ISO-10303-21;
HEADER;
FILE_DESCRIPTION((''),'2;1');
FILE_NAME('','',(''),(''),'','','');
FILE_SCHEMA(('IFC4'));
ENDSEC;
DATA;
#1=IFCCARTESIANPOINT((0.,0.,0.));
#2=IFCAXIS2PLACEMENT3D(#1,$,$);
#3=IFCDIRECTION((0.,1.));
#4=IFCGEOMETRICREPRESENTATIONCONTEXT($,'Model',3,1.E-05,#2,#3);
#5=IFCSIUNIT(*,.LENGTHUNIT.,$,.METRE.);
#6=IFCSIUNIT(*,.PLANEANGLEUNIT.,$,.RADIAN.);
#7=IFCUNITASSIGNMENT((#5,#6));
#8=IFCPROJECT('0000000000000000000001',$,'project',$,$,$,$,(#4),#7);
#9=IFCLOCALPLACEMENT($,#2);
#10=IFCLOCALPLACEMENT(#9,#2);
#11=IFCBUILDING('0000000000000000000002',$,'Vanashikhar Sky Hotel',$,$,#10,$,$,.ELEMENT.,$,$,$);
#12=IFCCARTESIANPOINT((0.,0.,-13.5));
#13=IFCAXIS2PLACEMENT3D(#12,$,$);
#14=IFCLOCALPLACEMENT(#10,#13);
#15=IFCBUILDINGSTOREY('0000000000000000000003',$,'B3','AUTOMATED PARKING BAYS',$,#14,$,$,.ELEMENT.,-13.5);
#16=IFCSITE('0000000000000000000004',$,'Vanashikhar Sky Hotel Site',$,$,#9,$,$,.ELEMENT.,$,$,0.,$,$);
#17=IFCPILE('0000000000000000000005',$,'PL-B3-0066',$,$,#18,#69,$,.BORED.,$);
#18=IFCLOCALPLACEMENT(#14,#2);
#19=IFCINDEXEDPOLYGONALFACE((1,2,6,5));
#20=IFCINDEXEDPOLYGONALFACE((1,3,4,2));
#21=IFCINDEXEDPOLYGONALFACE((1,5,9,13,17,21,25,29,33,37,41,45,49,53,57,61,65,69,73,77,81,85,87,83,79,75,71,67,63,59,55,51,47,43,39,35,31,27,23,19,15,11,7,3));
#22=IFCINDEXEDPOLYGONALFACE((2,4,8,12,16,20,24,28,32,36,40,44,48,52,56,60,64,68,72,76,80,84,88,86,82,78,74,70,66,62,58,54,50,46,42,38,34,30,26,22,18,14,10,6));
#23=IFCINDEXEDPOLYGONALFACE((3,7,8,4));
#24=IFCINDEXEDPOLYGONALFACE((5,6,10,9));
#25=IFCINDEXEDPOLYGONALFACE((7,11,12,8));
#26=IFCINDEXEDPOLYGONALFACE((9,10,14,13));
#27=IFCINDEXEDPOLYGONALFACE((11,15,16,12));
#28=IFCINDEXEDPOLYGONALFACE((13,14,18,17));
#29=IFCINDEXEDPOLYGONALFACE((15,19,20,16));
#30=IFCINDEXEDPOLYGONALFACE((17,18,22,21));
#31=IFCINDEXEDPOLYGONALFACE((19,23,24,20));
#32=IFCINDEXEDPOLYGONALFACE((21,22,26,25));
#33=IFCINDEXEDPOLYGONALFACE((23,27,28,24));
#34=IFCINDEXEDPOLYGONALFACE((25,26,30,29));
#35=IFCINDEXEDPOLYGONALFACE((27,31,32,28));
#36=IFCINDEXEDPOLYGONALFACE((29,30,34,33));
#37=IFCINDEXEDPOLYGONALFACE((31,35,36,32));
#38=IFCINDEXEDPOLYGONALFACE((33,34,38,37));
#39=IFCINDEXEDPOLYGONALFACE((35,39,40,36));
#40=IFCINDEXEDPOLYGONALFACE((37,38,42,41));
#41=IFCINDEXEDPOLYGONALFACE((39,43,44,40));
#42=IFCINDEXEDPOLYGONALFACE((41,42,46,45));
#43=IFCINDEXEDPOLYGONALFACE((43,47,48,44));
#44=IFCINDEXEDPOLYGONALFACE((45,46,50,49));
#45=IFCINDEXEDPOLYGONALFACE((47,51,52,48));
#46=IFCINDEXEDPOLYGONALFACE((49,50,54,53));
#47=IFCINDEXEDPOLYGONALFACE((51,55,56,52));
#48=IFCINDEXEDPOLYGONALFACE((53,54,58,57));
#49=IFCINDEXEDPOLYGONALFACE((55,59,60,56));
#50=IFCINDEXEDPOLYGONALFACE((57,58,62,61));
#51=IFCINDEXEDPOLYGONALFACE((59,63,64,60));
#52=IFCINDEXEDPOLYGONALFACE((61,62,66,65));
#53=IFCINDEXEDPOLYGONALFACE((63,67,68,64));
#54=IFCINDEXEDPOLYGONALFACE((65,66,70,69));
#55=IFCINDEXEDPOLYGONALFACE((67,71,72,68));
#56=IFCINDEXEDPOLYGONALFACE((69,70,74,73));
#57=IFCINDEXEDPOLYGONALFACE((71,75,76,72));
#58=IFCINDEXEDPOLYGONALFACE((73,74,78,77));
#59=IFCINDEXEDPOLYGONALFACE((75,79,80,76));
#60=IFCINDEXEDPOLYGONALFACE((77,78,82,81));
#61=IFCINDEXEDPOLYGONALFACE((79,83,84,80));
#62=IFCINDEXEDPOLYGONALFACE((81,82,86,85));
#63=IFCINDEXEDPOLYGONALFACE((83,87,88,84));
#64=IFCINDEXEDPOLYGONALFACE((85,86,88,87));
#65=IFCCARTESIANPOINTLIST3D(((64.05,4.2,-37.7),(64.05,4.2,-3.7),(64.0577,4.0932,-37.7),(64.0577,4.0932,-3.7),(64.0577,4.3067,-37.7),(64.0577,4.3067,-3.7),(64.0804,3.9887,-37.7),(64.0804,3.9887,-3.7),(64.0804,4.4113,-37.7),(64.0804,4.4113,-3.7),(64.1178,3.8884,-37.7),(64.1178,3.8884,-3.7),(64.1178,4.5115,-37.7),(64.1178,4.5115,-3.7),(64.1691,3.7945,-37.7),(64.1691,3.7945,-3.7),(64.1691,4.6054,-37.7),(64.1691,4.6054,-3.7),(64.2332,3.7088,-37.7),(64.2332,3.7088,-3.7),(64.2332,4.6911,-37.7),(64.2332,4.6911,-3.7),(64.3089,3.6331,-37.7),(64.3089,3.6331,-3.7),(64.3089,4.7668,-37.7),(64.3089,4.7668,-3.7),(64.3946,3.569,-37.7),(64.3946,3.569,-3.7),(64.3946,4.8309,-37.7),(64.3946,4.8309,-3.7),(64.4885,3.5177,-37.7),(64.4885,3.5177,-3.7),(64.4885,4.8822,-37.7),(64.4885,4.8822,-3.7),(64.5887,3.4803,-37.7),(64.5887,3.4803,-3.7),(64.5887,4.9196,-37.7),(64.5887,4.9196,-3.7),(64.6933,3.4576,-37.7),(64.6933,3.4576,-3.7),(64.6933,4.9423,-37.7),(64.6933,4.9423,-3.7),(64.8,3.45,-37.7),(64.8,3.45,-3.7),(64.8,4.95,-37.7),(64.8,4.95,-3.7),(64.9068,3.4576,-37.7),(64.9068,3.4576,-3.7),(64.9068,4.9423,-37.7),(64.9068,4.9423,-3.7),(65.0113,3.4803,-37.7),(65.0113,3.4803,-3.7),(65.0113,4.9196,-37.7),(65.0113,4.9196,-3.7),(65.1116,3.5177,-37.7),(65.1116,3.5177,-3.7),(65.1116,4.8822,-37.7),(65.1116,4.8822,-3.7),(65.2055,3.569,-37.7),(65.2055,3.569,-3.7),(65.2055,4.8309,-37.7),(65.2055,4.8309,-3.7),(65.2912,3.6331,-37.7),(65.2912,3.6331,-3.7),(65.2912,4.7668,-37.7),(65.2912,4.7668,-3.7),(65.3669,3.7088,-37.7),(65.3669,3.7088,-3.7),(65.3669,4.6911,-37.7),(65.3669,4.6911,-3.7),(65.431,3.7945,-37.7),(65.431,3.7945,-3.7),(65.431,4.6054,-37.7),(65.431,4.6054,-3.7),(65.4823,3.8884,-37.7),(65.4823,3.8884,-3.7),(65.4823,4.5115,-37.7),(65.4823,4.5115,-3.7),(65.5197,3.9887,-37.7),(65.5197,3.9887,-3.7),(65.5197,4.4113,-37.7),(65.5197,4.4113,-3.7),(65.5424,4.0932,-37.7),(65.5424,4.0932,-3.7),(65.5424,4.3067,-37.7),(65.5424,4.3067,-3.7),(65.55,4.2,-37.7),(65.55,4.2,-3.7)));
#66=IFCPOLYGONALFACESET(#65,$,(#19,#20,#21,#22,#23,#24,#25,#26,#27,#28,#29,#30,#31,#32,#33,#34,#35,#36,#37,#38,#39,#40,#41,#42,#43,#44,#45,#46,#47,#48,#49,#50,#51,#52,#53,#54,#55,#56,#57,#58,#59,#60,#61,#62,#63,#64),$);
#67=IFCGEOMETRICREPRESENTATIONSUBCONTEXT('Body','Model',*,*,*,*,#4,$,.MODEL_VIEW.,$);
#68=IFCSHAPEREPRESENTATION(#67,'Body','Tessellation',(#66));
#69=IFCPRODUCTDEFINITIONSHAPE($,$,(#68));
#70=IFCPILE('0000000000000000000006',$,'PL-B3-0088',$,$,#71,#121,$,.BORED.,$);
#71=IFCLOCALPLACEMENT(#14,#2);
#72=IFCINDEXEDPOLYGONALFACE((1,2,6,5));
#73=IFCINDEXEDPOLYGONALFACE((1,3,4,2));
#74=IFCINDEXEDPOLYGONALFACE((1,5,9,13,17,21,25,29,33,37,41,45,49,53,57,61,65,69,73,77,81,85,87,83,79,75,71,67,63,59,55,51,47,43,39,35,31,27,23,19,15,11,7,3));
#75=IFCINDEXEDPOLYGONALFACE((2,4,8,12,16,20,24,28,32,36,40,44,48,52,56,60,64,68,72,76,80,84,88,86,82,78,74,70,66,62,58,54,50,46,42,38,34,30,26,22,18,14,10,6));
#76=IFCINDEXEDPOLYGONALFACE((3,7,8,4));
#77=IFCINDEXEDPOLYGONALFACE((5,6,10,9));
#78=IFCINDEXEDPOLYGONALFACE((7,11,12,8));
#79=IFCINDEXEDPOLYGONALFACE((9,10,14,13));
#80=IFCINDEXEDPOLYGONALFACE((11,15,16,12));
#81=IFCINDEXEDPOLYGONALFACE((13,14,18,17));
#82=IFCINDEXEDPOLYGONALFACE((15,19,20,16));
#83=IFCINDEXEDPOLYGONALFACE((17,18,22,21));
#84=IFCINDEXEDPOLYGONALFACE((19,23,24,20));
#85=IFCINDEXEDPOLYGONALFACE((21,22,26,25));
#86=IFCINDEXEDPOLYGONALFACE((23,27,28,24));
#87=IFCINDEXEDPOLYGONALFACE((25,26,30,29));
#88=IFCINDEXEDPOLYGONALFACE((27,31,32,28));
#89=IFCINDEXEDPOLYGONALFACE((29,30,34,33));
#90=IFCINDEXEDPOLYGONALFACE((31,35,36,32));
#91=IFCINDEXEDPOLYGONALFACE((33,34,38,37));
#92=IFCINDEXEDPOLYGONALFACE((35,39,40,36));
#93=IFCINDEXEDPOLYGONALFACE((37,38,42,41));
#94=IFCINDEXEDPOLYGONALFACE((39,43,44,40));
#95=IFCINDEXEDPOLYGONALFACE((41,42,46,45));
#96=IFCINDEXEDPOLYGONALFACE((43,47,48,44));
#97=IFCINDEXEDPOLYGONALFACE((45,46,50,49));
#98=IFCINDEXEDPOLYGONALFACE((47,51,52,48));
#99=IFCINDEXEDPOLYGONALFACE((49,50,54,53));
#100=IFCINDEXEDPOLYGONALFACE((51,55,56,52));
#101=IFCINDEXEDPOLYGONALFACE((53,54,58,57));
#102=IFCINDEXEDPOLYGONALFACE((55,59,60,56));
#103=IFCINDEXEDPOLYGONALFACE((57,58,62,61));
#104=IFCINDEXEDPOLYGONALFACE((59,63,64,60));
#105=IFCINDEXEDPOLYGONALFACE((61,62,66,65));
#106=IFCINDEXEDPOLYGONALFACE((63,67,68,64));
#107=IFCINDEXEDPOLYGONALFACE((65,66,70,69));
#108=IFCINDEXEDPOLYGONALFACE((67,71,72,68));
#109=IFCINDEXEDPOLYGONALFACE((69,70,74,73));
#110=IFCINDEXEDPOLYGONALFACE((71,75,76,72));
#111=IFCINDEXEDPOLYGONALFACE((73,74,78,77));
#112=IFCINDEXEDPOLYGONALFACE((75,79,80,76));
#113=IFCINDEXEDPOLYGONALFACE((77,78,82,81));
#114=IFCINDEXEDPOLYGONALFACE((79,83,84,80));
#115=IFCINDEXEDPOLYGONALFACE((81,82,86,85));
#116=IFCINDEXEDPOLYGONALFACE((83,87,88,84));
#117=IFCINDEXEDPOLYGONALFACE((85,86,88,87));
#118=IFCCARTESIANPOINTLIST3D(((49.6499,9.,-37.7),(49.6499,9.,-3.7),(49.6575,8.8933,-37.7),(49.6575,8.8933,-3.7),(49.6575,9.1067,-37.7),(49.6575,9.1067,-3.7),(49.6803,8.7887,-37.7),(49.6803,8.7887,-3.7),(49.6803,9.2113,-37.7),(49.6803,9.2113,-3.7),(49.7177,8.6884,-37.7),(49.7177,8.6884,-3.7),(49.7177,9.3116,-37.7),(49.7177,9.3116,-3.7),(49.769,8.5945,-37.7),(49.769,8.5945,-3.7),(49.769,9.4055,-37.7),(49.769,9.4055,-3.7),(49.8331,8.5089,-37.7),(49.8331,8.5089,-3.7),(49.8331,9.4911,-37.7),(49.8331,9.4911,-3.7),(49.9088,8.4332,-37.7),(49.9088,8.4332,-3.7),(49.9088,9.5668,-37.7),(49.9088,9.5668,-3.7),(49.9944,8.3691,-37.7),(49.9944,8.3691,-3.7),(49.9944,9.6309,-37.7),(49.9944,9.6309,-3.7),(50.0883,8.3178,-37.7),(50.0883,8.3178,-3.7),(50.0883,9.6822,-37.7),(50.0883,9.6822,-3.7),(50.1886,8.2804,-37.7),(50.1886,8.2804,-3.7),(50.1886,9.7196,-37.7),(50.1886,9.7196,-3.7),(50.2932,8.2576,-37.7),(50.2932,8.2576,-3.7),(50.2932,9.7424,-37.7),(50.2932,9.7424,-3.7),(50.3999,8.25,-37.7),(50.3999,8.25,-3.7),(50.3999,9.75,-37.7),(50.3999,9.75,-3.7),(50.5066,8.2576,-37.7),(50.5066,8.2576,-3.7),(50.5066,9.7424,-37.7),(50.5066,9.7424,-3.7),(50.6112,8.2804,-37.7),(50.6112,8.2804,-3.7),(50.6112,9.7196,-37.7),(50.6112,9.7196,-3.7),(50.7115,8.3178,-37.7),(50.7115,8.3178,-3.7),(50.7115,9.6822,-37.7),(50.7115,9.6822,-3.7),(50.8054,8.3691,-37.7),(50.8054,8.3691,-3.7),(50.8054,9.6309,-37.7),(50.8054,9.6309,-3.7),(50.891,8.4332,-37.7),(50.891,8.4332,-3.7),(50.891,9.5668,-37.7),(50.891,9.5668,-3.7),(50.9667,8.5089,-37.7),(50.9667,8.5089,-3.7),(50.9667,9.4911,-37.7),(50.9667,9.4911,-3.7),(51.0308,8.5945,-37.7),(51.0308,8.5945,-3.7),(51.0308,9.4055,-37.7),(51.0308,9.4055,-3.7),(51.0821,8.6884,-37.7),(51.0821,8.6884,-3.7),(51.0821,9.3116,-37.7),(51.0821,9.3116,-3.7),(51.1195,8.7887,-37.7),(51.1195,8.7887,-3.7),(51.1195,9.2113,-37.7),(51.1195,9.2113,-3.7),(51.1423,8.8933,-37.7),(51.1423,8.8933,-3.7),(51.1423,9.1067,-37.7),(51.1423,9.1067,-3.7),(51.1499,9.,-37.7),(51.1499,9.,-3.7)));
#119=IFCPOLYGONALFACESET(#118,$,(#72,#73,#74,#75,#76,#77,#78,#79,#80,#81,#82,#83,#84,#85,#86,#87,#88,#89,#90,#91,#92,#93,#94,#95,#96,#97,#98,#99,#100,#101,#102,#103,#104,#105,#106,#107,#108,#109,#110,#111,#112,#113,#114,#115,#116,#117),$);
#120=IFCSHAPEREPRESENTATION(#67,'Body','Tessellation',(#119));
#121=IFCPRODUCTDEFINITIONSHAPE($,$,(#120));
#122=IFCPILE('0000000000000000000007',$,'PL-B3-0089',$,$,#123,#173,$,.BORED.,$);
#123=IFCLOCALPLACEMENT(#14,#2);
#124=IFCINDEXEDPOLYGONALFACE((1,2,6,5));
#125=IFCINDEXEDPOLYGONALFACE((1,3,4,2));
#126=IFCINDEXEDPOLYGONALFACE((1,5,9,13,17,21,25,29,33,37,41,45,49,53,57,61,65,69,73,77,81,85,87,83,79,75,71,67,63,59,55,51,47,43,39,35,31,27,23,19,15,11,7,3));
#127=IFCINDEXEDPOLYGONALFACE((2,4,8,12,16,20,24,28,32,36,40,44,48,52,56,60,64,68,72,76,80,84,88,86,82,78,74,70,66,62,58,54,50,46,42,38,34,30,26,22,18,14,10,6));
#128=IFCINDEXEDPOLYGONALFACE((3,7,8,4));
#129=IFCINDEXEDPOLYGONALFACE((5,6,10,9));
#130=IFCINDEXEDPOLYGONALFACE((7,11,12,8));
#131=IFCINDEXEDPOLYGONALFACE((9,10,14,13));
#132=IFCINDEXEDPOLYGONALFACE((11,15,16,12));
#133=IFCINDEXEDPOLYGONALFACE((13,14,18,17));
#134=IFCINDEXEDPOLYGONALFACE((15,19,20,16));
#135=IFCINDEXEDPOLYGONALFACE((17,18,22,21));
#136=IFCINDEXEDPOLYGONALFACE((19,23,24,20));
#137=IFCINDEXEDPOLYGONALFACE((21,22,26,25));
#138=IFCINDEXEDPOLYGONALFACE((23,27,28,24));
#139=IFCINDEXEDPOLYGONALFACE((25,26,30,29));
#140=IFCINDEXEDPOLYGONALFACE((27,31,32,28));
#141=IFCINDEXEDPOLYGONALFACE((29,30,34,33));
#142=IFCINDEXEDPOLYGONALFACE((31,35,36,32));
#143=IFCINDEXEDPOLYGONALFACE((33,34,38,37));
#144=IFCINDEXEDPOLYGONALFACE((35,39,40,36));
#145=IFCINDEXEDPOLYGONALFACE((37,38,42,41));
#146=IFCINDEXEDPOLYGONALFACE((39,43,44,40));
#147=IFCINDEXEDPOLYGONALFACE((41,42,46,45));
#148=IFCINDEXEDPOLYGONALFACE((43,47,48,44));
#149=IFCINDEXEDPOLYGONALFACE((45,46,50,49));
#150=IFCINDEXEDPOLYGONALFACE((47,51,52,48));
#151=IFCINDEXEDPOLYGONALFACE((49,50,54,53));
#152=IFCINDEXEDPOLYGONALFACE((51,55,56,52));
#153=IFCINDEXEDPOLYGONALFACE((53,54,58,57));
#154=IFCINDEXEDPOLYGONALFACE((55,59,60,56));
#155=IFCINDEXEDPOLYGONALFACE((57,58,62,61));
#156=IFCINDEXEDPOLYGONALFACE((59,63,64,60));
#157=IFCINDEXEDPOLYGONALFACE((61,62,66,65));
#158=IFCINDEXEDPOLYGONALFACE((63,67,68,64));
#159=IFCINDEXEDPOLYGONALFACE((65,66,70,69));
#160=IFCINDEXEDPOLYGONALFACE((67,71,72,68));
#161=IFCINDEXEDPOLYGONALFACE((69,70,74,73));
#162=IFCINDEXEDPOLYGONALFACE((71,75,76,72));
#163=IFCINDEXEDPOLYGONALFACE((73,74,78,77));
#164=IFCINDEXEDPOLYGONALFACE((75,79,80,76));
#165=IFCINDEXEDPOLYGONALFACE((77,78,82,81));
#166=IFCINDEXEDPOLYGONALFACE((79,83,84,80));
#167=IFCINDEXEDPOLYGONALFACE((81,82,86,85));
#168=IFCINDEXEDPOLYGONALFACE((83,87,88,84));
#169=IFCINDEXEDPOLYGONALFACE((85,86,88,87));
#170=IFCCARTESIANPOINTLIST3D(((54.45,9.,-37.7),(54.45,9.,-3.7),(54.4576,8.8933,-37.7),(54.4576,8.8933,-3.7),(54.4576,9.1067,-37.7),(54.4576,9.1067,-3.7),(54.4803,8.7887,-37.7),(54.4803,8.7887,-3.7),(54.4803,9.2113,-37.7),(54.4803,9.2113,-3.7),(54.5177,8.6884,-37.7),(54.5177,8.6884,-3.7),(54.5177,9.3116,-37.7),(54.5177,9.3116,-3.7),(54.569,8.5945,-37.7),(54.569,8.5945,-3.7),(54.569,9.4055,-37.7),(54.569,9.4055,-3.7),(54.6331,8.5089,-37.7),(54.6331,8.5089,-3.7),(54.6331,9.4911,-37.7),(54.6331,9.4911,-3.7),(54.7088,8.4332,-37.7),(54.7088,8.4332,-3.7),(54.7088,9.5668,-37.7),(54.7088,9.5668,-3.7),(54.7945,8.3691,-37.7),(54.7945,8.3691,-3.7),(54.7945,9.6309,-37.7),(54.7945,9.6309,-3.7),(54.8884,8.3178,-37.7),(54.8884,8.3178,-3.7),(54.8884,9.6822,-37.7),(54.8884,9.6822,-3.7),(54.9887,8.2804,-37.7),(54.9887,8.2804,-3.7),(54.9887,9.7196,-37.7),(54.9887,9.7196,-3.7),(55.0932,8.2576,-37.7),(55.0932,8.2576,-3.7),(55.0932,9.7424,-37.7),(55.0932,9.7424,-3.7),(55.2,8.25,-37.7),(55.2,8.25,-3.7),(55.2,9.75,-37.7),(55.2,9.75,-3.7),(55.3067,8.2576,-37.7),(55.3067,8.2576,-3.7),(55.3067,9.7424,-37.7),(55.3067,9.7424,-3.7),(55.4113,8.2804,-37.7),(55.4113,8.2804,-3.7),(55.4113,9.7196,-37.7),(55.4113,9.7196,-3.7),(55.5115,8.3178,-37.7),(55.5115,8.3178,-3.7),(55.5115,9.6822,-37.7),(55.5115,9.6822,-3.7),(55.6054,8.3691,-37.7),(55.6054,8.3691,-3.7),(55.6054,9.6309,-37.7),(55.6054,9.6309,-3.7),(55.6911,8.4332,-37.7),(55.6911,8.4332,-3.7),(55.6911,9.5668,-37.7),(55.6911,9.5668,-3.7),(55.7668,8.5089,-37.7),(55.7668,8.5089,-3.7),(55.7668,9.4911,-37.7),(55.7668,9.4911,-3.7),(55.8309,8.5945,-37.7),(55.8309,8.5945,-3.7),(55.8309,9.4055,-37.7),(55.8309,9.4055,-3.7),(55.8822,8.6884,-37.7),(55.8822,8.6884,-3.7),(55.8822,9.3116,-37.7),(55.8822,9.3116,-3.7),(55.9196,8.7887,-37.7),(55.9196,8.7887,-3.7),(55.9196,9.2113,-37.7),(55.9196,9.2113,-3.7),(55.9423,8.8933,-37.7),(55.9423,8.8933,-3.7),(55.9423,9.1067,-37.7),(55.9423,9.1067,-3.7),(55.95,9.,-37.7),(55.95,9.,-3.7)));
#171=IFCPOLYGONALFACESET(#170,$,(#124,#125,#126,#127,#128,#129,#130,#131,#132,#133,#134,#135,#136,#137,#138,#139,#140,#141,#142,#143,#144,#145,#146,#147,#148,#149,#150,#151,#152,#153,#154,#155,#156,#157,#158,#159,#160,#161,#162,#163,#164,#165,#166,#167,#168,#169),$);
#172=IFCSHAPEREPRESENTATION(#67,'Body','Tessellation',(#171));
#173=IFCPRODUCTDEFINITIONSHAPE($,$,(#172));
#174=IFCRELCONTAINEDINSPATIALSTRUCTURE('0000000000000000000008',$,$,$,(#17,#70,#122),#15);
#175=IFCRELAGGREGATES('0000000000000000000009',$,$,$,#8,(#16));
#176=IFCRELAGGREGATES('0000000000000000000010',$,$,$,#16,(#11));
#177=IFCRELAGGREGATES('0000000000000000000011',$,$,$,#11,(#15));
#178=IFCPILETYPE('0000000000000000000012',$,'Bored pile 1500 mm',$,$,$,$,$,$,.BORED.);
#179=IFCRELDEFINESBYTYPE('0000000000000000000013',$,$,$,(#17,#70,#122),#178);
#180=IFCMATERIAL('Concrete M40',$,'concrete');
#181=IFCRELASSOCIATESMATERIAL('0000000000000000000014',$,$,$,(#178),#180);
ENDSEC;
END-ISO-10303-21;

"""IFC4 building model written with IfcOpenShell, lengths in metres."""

from ifc_helpers import new_model, si_unit, direction, frame, origin, origin_2d, place, context, subcontext, project, spatial, circle, extrude, source, transform, mapped, material, type_object, element, save


model = new_model("IFC4")

# Units and contexts
model_context = context("Model", 3, precision=1e-05, world=origin(), true_north=direction((0.0, 1.0)))
body_context = subcontext(model_context, "Body", "Model", "MODEL_VIEW")
ifc_project = project(units=[si_unit("LENGTHUNIT", "METRE"), si_unit("PLANEANGLEUNIT", "RADIAN")], contexts=[model_context])

# Site, building, storey
site_placement = place(None, origin())
site = spatial("IfcSite", under=ifc_project, at=site_placement, Name="Vanashikhar Sky Hotel Site", CompositionType="ELEMENT", RefElevation=0.0)
building_placement = place(site_placement, origin())
building = spatial("IfcBuilding", under=site, at=building_placement, Name="Vanashikhar Sky Hotel", CompositionType="ELEMENT")
storey_placement = place(building_placement, frame((0.0, 0.0, -13.5)))
storey = spatial("IfcBuildingStorey", under=building, at=storey_placement, Name="B3", Description="AUTOMATED PARKING BAYS", CompositionType="ELEMENT", Elevation=-13.5)

# Piles
ifc_material_1 = material(Name="Concrete M40", Category="concrete")
pile_type = type_object("IfcPileType", Name="Bored pile 1500 mm", PredefinedType="BORED", material=ifc_material_1)
shared_shape_1 = source(origin(), body_context, "Body", "SweptSolid", [
    extrude(circle(Radius=0.75, at=origin_2d()), origin(), (0.0, 0.0, 1.0), 34.0),
])
for number, where, z_axis, x_axis, name in (
    (1, (64.8, 4.2, -3.7), (0.0, 0.0, -1.0), (1.0, 0.0, 0.0), "PL-B3-0066"),
    (2, (50.3999, 9.0, -3.7), (0.0, 0.0, -1.0), (1.0, 0.0, 0.0), "PL-B3-0088"),
    (3, (55.2, 9.0, -3.7), (0.0, 0.0, -1.0), (1.0, 0.0, 0.0), "PL-B3-0089"),
):
    element("IfcPile", number, at=place(storey_placement, frame(where, z_axis=z_axis, x_axis=x_axis)), inside=storey, type_object=pile_type, Name=name, PredefinedType="BORED", context=body_context, shape_type="MappedRepresentation", body=[
        mapped(shared_shape_1, transform((0.0, 0.0, 0.0), scale=1.0)),
    ])

save(model, "model.ifc")
